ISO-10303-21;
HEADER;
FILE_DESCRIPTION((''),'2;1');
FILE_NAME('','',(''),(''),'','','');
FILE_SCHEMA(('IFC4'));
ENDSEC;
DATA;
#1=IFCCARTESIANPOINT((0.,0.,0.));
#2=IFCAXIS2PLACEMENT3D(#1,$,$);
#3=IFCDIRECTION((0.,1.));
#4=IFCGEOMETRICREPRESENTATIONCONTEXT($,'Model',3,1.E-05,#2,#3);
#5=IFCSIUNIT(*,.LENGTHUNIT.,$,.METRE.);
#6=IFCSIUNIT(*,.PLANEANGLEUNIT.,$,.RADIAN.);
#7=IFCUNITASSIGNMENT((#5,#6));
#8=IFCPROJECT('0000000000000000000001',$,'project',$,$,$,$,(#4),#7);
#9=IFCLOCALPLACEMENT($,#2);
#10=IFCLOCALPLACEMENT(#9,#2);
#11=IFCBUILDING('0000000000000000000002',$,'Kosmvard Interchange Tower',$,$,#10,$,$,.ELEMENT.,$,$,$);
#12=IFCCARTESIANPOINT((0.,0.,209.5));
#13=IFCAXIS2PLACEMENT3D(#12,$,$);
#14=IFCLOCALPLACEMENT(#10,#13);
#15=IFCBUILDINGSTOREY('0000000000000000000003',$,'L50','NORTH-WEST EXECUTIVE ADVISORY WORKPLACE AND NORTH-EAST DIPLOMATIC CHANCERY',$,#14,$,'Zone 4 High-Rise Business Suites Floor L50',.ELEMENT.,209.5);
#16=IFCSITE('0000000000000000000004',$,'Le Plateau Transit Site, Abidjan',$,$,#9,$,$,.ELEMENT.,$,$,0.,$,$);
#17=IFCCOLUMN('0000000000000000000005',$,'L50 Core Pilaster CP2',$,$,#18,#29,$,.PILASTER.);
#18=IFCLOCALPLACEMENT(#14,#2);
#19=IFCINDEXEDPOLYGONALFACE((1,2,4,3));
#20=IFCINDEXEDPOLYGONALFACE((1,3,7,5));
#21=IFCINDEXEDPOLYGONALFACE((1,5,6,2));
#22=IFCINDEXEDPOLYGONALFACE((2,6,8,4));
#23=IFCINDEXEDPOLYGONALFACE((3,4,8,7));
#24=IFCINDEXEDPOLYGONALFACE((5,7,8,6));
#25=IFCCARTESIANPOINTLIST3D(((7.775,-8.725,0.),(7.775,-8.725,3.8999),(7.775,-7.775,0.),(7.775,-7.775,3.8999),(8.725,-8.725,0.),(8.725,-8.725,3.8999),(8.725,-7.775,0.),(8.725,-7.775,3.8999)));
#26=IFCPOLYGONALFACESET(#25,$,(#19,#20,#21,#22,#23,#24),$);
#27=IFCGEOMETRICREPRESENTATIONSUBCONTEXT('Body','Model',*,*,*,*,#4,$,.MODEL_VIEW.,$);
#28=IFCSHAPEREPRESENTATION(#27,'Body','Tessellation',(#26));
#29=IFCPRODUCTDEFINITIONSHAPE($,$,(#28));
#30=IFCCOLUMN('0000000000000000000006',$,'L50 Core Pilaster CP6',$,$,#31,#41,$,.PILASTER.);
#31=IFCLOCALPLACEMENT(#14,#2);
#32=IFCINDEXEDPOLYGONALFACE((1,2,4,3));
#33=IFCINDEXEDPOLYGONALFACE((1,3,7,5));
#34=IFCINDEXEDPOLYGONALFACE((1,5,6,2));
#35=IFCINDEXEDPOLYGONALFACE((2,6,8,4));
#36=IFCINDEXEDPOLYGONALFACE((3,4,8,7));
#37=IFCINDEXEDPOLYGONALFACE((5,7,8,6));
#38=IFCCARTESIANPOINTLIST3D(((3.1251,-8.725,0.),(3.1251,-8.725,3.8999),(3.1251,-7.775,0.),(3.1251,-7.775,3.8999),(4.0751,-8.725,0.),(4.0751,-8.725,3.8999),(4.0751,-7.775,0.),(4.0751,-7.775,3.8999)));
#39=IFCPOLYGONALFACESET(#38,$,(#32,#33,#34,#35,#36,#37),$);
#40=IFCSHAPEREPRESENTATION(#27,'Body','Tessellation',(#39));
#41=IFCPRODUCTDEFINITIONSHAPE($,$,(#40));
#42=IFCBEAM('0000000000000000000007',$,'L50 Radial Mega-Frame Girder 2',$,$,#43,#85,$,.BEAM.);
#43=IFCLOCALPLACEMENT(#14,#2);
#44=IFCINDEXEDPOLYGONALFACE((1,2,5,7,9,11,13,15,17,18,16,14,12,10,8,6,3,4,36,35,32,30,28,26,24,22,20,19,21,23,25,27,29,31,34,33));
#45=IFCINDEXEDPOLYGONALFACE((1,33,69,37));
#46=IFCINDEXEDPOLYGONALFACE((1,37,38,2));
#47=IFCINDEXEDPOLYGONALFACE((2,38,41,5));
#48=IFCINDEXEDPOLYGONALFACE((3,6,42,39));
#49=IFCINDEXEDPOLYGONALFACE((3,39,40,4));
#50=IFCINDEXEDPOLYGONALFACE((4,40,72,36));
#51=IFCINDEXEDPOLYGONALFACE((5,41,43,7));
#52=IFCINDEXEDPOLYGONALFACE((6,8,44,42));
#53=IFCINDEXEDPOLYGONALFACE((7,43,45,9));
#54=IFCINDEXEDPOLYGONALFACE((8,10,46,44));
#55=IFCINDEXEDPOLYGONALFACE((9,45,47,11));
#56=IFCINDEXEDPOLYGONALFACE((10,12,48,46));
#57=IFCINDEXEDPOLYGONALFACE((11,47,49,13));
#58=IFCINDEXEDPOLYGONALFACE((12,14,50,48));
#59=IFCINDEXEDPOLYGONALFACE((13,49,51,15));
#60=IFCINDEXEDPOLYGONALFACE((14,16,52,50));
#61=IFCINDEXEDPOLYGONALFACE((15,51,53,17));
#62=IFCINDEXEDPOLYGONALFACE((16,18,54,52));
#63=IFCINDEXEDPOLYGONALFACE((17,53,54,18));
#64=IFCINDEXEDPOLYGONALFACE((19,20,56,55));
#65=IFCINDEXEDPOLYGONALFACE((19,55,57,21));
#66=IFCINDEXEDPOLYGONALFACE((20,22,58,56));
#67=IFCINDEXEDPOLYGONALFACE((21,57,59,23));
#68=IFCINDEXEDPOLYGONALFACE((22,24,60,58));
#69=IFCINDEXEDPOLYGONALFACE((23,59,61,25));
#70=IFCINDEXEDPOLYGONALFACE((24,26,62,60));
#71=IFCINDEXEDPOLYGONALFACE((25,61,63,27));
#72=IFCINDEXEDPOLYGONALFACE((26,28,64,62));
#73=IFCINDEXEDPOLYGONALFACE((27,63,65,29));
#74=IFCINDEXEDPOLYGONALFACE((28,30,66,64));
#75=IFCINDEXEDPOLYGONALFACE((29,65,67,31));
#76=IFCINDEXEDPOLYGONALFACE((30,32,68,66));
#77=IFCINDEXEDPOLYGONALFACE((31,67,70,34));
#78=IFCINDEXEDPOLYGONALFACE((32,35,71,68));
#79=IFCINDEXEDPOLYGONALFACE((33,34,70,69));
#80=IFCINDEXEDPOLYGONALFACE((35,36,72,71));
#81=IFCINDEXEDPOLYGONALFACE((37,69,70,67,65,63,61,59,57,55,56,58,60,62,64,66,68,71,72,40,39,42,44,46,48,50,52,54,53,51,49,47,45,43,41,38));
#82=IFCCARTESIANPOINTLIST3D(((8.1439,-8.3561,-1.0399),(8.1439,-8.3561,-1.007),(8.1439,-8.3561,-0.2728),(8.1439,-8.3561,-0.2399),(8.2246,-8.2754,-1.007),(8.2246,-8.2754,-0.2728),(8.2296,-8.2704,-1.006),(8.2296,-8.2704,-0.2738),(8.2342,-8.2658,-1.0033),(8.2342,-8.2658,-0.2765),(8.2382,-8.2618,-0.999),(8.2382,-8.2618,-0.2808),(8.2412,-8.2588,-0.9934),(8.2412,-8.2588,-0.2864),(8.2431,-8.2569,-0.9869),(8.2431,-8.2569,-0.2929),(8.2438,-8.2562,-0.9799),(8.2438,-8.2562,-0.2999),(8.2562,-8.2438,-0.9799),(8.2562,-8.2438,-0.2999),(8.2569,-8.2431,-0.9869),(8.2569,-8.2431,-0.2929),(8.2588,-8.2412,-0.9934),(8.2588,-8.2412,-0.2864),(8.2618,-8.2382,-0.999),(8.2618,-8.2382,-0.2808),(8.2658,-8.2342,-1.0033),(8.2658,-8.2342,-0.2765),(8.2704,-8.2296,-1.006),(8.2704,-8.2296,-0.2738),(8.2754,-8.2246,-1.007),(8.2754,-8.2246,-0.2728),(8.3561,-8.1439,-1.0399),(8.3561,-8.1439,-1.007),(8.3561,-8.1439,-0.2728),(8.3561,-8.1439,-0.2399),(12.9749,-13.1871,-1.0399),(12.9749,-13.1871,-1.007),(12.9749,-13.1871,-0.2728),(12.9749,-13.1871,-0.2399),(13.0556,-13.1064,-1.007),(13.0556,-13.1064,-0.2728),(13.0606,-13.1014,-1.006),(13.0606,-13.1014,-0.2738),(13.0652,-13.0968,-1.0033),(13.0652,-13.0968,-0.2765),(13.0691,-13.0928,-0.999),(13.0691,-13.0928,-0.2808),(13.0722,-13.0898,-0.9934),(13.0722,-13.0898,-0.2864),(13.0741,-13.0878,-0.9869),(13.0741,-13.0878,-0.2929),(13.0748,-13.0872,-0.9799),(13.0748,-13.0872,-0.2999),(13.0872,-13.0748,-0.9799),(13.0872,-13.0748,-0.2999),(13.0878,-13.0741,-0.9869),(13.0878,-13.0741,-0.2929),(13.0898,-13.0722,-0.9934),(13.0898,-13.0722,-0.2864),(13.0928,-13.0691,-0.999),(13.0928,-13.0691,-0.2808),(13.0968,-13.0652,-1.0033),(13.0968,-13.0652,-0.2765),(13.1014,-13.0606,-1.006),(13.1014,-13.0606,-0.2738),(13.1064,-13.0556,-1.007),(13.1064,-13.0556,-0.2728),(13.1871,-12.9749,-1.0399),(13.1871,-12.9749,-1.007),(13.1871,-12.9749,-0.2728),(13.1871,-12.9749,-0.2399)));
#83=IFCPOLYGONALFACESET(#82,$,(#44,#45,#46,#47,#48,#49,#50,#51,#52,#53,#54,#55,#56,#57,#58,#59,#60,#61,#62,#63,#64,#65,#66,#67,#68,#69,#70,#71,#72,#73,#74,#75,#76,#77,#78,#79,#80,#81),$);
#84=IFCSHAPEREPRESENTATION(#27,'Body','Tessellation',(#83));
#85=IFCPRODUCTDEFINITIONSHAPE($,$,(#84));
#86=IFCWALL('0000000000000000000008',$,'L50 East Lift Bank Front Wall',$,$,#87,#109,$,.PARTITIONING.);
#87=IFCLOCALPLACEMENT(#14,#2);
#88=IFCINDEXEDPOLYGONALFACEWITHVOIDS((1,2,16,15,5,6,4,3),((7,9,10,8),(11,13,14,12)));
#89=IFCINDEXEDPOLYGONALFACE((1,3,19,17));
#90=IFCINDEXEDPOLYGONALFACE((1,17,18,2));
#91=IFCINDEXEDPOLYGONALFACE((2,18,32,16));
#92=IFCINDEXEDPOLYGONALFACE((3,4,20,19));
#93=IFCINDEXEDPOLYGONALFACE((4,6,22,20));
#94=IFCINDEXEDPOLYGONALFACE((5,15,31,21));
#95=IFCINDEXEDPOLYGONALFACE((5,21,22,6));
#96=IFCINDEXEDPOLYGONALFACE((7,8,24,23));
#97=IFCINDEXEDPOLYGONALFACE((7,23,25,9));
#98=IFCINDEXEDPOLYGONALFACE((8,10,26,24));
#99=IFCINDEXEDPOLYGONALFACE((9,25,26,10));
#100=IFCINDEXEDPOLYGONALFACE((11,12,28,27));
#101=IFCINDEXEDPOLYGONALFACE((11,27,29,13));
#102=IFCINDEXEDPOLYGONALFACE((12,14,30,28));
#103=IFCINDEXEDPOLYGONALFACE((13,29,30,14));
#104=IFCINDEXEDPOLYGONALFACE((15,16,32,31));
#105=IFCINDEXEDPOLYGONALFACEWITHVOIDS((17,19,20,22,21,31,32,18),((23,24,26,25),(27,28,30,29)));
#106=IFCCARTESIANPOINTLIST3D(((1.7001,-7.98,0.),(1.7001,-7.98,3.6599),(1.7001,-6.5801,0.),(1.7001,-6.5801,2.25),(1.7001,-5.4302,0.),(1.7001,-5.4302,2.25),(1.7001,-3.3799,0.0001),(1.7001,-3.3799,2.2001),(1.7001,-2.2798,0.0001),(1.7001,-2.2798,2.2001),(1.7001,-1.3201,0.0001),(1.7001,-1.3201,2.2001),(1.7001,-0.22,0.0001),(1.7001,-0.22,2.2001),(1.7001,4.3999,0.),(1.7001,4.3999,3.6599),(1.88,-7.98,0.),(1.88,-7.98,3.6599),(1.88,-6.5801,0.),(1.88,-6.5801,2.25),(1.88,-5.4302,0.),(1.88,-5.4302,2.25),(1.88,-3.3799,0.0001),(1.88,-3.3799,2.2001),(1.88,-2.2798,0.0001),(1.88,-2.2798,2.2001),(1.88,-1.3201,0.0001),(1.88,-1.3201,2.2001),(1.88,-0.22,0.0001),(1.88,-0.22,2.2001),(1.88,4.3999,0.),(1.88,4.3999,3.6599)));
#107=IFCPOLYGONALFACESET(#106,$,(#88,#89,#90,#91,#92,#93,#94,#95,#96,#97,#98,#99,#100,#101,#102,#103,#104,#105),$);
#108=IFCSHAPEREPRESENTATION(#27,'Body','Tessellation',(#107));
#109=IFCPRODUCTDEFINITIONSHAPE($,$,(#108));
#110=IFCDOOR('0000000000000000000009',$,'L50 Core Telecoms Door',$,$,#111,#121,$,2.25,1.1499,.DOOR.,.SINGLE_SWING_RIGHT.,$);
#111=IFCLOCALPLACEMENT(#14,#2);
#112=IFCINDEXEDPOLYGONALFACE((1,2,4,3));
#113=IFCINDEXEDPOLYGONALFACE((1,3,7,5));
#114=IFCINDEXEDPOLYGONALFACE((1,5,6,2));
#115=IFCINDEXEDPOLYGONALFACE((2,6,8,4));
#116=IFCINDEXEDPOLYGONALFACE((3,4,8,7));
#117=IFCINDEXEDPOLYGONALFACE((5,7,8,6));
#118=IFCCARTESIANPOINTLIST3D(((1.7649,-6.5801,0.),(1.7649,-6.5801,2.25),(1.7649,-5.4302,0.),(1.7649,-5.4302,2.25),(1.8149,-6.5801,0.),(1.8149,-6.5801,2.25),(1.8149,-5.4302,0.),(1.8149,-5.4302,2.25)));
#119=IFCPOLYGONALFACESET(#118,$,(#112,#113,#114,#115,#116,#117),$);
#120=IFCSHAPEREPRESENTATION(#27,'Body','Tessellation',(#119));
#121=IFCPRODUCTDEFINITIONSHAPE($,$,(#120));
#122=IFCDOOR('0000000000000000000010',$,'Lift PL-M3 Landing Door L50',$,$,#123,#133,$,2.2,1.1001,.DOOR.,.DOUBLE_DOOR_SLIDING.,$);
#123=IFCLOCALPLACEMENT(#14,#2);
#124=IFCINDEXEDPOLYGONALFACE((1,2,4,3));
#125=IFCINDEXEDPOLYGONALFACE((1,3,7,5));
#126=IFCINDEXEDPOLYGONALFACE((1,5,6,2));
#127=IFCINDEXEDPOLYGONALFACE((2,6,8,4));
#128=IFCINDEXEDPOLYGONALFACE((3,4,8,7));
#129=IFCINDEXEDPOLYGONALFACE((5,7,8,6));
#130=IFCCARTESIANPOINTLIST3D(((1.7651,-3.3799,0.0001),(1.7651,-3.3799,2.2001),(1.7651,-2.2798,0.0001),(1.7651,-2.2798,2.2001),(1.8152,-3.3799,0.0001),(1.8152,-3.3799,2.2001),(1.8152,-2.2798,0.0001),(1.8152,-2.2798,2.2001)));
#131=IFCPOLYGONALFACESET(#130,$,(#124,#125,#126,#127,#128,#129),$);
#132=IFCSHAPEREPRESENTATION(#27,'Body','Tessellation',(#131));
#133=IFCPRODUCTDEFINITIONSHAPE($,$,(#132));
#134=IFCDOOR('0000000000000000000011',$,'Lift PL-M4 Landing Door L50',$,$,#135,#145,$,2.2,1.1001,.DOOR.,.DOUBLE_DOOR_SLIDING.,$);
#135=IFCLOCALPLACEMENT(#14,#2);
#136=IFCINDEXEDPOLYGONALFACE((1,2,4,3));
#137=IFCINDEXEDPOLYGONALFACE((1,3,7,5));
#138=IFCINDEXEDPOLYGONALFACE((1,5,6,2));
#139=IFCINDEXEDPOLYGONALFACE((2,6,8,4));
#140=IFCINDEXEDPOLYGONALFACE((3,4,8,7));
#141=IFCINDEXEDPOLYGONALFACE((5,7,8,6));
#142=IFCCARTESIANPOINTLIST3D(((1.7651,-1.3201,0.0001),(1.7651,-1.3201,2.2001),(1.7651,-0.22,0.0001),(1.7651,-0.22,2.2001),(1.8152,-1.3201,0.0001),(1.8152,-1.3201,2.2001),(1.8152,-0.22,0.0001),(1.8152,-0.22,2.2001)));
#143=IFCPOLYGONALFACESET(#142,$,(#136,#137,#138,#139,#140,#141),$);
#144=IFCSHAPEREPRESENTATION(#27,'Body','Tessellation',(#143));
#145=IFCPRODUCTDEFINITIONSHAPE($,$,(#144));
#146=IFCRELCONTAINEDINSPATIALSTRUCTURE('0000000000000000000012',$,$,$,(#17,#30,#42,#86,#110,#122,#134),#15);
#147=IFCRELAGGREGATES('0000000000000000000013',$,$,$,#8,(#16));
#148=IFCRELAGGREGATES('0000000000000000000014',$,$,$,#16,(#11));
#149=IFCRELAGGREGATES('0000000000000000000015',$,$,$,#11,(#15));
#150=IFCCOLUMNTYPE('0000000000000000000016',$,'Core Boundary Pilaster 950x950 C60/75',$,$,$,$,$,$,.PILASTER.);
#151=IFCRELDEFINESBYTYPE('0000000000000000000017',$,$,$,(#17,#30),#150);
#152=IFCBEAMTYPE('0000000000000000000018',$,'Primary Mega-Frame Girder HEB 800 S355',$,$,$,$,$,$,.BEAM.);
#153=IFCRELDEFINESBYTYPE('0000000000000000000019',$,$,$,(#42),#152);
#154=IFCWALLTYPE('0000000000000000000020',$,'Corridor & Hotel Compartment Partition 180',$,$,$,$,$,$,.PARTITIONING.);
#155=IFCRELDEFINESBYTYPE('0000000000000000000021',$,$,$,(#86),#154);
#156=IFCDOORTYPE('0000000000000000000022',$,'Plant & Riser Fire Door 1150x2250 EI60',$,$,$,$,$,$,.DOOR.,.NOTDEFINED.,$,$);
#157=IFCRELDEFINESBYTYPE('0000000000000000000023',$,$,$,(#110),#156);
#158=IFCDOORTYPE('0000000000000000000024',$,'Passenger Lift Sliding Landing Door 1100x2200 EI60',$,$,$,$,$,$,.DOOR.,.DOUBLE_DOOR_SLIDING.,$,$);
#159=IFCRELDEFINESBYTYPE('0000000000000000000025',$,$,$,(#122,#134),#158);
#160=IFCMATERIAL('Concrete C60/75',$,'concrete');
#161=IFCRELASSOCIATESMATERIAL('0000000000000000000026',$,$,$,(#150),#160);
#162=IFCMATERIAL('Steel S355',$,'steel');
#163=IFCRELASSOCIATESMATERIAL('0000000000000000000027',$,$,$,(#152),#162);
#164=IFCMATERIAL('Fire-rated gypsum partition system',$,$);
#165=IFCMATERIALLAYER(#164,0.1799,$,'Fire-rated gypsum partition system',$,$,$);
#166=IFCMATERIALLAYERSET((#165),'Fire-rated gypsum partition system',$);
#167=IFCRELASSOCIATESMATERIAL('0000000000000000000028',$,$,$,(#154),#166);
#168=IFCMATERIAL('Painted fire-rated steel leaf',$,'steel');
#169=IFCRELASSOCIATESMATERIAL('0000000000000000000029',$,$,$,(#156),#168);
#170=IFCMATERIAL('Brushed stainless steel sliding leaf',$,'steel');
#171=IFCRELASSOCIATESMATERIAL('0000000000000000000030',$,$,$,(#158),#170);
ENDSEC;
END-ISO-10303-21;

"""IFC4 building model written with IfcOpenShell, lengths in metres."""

from ifc_helpers import new_model, si_unit, direction, frame, frame_2d, origin, origin_2d, place, context, subcontext, project, spatial, rectangle, i_section, extrude, source, transform, mapped, material, layer, layer_set, material_profile, profile_set, type_object, element, fill, save


model = new_model("IFC4")

# Units and contexts
model_context = context("Model", 3, precision=1e-05, world=origin(), true_north=direction((0.0, 1.0)))
body_context = subcontext(model_context, "Body", "Model", "MODEL_VIEW")
ifc_project = project(units=[si_unit("LENGTHUNIT", "METRE"), si_unit("PLANEANGLEUNIT", "RADIAN")], contexts=[model_context])

# Site, building, storey
site_placement = place(None, origin())
site = spatial("IfcSite", under=ifc_project, at=site_placement, Name="Le Plateau Transit Site, Abidjan", CompositionType="ELEMENT", RefElevation=0.0)
building_placement = place(site_placement, origin())
building = spatial("IfcBuilding", under=site, at=building_placement, Name="Kosmvard Interchange Tower", CompositionType="ELEMENT")
storey_placement = place(building_placement, frame((0.0, 0.0, 209.5)))
storey = spatial("IfcBuildingStorey", under=building, at=storey_placement, Name="L50", Description="NORTH-WEST EXECUTIVE ADVISORY WORKPLACE AND NORTH-EAST DIPLOMATIC CHANCERY", LongName="Zone 4 High-Rise Business Suites Floor L50", CompositionType="ELEMENT", Elevation=209.5)

# Columns
ifc_material_1 = material(Name="Concrete C60/75", Category="concrete")
ifc_material_profile_1 = material_profile(ifc_material_1, rectangle(XDim=0.95, YDim=0.95, at=origin_2d()), Name="CP 950x950")
ifc_profile_set_1 = profile_set([ifc_material_profile_1], Name="Concrete C60/75")
column_type = type_object("IfcColumnType", Name="Core Boundary Pilaster 950x950 C60/75", PredefinedType="PILASTER", material=ifc_profile_set_1)
shared_shape_1 = source(origin(), body_context, "Body", "SweptSolid", [
    extrude(rectangle(XDim=0.95, YDim=0.95, at=origin_2d()), origin(), (0.0, 0.0, 1.0), 3.8999),
])
for number, where, z_axis, x_axis, name in (
    (1, (8.25, -8.25, 0.0), (0.0, 0.0, 1.0), (1.0, 0.0, 0.0), "L50 Core Pilaster CP2"),
    (2, (3.6001, -8.25, 0.0), (0.0, 0.0, 1.0), (1.0, 0.0, 0.0), "L50 Core Pilaster CP6"),
):
    element("IfcColumn", number, at=place(storey_placement, frame(where, z_axis=z_axis, x_axis=x_axis)), inside=storey, type_object=column_type, Name=name, PredefinedType="PILASTER", context=body_context, shape_type="MappedRepresentation", body=[
        mapped(shared_shape_1, transform((0.0, 0.0, 0.0), scale=1.0)),
    ])

# Beam
ifc_material_2 = material(Name="Steel S355", Category="steel")
ifc_material_profile_2 = material_profile(ifc_material_2, i_section(OverallWidth=0.3, OverallDepth=0.8, WebThickness=0.0176, FlangeThickness=0.033, FilletRadius=0.0271, at=origin_2d()), Name="HEB 800")
ifc_profile_set_2 = profile_set([ifc_material_profile_2], Name="Steel S355")
beam_type = type_object("IfcBeamType", Name="Primary Mega-Frame Girder HEB 800 S355", PredefinedType="BEAM", material=ifc_profile_set_2)
shared_shape_2 = source(origin(), body_context, "Body", "SweptSolid", [
    extrude(i_section(OverallWidth=0.3, OverallDepth=0.8, WebThickness=0.0176, FlangeThickness=0.033, FilletRadius=0.0271, at=origin_2d()), origin(), (0.0, 0.0, 1.0), 6.832),
])
beam_placement = place(storey_placement, frame((8.25, -8.25, -0.6399), z_axis=(0.707107, -0.707107, 0.0), x_axis=(0.707107, 0.707107, 0.0)))
element("IfcBeam", 3, at=beam_placement, inside=storey, type_object=beam_type, Name="L50 Radial Mega-Frame Girder 2", PredefinedType="BEAM", context=body_context, shape_type="MappedRepresentation", body=[
    mapped(shared_shape_2, transform((0.0, 0.0, 0.0), scale=1.0)),
])

# Wall, openings, doors
ifc_material_3 = material(Name="Fire-rated gypsum partition system")
ifc_layer_1 = layer(ifc_material_3, 0.1799, Name="Fire-rated gypsum partition system")
ifc_layer_set_1 = layer_set([ifc_layer_1], Name="Fire-rated gypsum partition system")
wall_type_1 = type_object("IfcWallType", Name="Corridor & Hotel Compartment Partition 180", PredefinedType="PARTITIONING", material=ifc_layer_set_1)
wall_1_placement = place(storey_placement, frame((1.79, -7.98, 0.0), z_axis=(0.0, 0.0, 1.0), x_axis=(0.0, 1.0, 0.0)))
wall_1 = element("IfcWall", 4, at=wall_1_placement, inside=storey, type_object=wall_type_1, Name="L50 East Lift Bank Front Wall", PredefinedType="PARTITIONING", context=body_context, shape_type="SweptSolid", body=[
    extrude(rectangle(XDim=12.3799, YDim=0.1799, at=frame_2d((6.1899, 0.0))), origin(), (0.0, 0.0, 1.0), 3.6599),
])
opening_1_placement = place(wall_1_placement, frame((4.6001, 0.0, 0.0)))
opening_1 = element("IfcOpeningElement", 5, at=opening_1_placement, cuts=wall_1, PredefinedType="OPENING", context=body_context, shape_type="SweptSolid", body=[
    extrude(rectangle(XDim=1.1001, YDim=2.2, at=frame_2d((0.55, 1.1001))), frame((0.0, 0.1001, 0.0), z_axis=(0.0, -1.0, 0.0), x_axis=(1.0, 0.0, 0.0)), (0.0, 0.0, 1.0), 0.2),
])
opening_2_placement = place(wall_1_placement, frame((6.6599, 0.0, 0.0)))
opening_2 = element("IfcOpeningElement", 6, at=opening_2_placement, cuts=wall_1, PredefinedType="OPENING", context=body_context, shape_type="SweptSolid", body=[
    extrude(rectangle(XDim=1.1001, YDim=2.2, at=frame_2d((0.55, 1.1001))), frame((0.0, 0.1001, 0.0), z_axis=(0.0, -1.0, 0.0), x_axis=(1.0, 0.0, 0.0)), (0.0, 0.0, 1.0), 0.2),
])
opening_3_placement = place(wall_1_placement, frame((1.3999, 0.0, 0.0)))
opening_3 = element("IfcOpeningElement", 7, at=opening_3_placement, cuts=wall_1, PredefinedType="OPENING", context=body_context, shape_type="SweptSolid", body=[
    extrude(rectangle(XDim=1.1499, YDim=2.25, at=frame_2d((0.575, 1.125))), frame((0.0, 0.1001, 0.0), z_axis=(0.0, -1.0, 0.0), x_axis=(1.0, 0.0, 0.0)), (0.0, 0.0, 1.0), 0.2),
])
ifc_material_4 = material(Name="Painted fire-rated steel leaf", Category="steel")
door_type_1 = type_object("IfcDoorType", Name="Plant & Riser Fire Door 1150x2250 EI60", OperationType="NOTDEFINED", PredefinedType="DOOR", material=ifc_material_4)
shared_shape_3 = source(origin(), body_context, "Body", "SweptSolid", [
    extrude(rectangle(XDim=1.1499, YDim=2.25, at=frame_2d((0.575, 1.125))), frame((0.0, 0.0249, 0.0), z_axis=(0.0, -1.0, 0.0), x_axis=(1.0, 0.0, 0.0)), (0.0, 0.0, 1.0), 0.05),
])
door_1_placement = place(opening_3_placement, frame((1.1499, 0.0, 0.0), z_axis=(0.0, 0.0, 1.0), x_axis=(-1.0, 0.0, 0.0)))
door_1 = element("IfcDoor", 8, at=door_1_placement, inside=storey, type_object=door_type_1, Name="L50 Core Telecoms Door", OperationType="SINGLE_SWING_RIGHT", OverallHeight=2.25, OverallWidth=1.1499, PredefinedType="DOOR", context=body_context, shape_type="MappedRepresentation", body=[
    mapped(shared_shape_3, transform((0.0, 0.0, 0.0), scale=1.0)),
])
fill(opening_3, door_1)
ifc_material_5 = material(Name="Brushed stainless steel sliding leaf", Category="steel")
door_type_2 = type_object("IfcDoorType", Name="Passenger Lift Sliding Landing Door 1100x2200 EI60", OperationType="DOUBLE_DOOR_SLIDING", PredefinedType="DOOR", material=ifc_material_5)
shared_shape_4 = source(origin(), body_context, "Body", "SweptSolid", [
    extrude(rectangle(XDim=1.1001, YDim=2.2, at=frame_2d((0.55, 1.1001))), frame((0.0, 0.0249, 0.0), z_axis=(0.0, -1.0, 0.0), x_axis=(1.0, 0.0, 0.0)), (0.0, 0.0, 1.0), 0.05),
])
door_2_placement = place(opening_1_placement, origin())
door_2 = element("IfcDoor", 9, at=door_2_placement, inside=storey, type_object=door_type_2, Name="Lift PL-M3 Landing Door L50", OperationType="DOUBLE_DOOR_SLIDING", OverallHeight=2.2, OverallWidth=1.1001, PredefinedType="DOOR", context=body_context, shape_type="MappedRepresentation", body=[
    mapped(shared_shape_4, transform((0.0, 0.0, 0.0), scale=1.0)),
])
fill(opening_1, door_2)
door_3_placement = place(opening_2_placement, origin())
door_3 = element("IfcDoor", 10, at=door_3_placement, inside=storey, type_object=door_type_2, Name="Lift PL-M4 Landing Door L50", OperationType="DOUBLE_DOOR_SLIDING", OverallHeight=2.2, OverallWidth=1.1001, PredefinedType="DOOR", context=body_context, shape_type="MappedRepresentation", body=[
    mapped(shared_shape_4, transform((0.0, 0.0, 0.0), scale=1.0)),
])
fill(opening_2, door_3)

save(model, "model.ifc")
